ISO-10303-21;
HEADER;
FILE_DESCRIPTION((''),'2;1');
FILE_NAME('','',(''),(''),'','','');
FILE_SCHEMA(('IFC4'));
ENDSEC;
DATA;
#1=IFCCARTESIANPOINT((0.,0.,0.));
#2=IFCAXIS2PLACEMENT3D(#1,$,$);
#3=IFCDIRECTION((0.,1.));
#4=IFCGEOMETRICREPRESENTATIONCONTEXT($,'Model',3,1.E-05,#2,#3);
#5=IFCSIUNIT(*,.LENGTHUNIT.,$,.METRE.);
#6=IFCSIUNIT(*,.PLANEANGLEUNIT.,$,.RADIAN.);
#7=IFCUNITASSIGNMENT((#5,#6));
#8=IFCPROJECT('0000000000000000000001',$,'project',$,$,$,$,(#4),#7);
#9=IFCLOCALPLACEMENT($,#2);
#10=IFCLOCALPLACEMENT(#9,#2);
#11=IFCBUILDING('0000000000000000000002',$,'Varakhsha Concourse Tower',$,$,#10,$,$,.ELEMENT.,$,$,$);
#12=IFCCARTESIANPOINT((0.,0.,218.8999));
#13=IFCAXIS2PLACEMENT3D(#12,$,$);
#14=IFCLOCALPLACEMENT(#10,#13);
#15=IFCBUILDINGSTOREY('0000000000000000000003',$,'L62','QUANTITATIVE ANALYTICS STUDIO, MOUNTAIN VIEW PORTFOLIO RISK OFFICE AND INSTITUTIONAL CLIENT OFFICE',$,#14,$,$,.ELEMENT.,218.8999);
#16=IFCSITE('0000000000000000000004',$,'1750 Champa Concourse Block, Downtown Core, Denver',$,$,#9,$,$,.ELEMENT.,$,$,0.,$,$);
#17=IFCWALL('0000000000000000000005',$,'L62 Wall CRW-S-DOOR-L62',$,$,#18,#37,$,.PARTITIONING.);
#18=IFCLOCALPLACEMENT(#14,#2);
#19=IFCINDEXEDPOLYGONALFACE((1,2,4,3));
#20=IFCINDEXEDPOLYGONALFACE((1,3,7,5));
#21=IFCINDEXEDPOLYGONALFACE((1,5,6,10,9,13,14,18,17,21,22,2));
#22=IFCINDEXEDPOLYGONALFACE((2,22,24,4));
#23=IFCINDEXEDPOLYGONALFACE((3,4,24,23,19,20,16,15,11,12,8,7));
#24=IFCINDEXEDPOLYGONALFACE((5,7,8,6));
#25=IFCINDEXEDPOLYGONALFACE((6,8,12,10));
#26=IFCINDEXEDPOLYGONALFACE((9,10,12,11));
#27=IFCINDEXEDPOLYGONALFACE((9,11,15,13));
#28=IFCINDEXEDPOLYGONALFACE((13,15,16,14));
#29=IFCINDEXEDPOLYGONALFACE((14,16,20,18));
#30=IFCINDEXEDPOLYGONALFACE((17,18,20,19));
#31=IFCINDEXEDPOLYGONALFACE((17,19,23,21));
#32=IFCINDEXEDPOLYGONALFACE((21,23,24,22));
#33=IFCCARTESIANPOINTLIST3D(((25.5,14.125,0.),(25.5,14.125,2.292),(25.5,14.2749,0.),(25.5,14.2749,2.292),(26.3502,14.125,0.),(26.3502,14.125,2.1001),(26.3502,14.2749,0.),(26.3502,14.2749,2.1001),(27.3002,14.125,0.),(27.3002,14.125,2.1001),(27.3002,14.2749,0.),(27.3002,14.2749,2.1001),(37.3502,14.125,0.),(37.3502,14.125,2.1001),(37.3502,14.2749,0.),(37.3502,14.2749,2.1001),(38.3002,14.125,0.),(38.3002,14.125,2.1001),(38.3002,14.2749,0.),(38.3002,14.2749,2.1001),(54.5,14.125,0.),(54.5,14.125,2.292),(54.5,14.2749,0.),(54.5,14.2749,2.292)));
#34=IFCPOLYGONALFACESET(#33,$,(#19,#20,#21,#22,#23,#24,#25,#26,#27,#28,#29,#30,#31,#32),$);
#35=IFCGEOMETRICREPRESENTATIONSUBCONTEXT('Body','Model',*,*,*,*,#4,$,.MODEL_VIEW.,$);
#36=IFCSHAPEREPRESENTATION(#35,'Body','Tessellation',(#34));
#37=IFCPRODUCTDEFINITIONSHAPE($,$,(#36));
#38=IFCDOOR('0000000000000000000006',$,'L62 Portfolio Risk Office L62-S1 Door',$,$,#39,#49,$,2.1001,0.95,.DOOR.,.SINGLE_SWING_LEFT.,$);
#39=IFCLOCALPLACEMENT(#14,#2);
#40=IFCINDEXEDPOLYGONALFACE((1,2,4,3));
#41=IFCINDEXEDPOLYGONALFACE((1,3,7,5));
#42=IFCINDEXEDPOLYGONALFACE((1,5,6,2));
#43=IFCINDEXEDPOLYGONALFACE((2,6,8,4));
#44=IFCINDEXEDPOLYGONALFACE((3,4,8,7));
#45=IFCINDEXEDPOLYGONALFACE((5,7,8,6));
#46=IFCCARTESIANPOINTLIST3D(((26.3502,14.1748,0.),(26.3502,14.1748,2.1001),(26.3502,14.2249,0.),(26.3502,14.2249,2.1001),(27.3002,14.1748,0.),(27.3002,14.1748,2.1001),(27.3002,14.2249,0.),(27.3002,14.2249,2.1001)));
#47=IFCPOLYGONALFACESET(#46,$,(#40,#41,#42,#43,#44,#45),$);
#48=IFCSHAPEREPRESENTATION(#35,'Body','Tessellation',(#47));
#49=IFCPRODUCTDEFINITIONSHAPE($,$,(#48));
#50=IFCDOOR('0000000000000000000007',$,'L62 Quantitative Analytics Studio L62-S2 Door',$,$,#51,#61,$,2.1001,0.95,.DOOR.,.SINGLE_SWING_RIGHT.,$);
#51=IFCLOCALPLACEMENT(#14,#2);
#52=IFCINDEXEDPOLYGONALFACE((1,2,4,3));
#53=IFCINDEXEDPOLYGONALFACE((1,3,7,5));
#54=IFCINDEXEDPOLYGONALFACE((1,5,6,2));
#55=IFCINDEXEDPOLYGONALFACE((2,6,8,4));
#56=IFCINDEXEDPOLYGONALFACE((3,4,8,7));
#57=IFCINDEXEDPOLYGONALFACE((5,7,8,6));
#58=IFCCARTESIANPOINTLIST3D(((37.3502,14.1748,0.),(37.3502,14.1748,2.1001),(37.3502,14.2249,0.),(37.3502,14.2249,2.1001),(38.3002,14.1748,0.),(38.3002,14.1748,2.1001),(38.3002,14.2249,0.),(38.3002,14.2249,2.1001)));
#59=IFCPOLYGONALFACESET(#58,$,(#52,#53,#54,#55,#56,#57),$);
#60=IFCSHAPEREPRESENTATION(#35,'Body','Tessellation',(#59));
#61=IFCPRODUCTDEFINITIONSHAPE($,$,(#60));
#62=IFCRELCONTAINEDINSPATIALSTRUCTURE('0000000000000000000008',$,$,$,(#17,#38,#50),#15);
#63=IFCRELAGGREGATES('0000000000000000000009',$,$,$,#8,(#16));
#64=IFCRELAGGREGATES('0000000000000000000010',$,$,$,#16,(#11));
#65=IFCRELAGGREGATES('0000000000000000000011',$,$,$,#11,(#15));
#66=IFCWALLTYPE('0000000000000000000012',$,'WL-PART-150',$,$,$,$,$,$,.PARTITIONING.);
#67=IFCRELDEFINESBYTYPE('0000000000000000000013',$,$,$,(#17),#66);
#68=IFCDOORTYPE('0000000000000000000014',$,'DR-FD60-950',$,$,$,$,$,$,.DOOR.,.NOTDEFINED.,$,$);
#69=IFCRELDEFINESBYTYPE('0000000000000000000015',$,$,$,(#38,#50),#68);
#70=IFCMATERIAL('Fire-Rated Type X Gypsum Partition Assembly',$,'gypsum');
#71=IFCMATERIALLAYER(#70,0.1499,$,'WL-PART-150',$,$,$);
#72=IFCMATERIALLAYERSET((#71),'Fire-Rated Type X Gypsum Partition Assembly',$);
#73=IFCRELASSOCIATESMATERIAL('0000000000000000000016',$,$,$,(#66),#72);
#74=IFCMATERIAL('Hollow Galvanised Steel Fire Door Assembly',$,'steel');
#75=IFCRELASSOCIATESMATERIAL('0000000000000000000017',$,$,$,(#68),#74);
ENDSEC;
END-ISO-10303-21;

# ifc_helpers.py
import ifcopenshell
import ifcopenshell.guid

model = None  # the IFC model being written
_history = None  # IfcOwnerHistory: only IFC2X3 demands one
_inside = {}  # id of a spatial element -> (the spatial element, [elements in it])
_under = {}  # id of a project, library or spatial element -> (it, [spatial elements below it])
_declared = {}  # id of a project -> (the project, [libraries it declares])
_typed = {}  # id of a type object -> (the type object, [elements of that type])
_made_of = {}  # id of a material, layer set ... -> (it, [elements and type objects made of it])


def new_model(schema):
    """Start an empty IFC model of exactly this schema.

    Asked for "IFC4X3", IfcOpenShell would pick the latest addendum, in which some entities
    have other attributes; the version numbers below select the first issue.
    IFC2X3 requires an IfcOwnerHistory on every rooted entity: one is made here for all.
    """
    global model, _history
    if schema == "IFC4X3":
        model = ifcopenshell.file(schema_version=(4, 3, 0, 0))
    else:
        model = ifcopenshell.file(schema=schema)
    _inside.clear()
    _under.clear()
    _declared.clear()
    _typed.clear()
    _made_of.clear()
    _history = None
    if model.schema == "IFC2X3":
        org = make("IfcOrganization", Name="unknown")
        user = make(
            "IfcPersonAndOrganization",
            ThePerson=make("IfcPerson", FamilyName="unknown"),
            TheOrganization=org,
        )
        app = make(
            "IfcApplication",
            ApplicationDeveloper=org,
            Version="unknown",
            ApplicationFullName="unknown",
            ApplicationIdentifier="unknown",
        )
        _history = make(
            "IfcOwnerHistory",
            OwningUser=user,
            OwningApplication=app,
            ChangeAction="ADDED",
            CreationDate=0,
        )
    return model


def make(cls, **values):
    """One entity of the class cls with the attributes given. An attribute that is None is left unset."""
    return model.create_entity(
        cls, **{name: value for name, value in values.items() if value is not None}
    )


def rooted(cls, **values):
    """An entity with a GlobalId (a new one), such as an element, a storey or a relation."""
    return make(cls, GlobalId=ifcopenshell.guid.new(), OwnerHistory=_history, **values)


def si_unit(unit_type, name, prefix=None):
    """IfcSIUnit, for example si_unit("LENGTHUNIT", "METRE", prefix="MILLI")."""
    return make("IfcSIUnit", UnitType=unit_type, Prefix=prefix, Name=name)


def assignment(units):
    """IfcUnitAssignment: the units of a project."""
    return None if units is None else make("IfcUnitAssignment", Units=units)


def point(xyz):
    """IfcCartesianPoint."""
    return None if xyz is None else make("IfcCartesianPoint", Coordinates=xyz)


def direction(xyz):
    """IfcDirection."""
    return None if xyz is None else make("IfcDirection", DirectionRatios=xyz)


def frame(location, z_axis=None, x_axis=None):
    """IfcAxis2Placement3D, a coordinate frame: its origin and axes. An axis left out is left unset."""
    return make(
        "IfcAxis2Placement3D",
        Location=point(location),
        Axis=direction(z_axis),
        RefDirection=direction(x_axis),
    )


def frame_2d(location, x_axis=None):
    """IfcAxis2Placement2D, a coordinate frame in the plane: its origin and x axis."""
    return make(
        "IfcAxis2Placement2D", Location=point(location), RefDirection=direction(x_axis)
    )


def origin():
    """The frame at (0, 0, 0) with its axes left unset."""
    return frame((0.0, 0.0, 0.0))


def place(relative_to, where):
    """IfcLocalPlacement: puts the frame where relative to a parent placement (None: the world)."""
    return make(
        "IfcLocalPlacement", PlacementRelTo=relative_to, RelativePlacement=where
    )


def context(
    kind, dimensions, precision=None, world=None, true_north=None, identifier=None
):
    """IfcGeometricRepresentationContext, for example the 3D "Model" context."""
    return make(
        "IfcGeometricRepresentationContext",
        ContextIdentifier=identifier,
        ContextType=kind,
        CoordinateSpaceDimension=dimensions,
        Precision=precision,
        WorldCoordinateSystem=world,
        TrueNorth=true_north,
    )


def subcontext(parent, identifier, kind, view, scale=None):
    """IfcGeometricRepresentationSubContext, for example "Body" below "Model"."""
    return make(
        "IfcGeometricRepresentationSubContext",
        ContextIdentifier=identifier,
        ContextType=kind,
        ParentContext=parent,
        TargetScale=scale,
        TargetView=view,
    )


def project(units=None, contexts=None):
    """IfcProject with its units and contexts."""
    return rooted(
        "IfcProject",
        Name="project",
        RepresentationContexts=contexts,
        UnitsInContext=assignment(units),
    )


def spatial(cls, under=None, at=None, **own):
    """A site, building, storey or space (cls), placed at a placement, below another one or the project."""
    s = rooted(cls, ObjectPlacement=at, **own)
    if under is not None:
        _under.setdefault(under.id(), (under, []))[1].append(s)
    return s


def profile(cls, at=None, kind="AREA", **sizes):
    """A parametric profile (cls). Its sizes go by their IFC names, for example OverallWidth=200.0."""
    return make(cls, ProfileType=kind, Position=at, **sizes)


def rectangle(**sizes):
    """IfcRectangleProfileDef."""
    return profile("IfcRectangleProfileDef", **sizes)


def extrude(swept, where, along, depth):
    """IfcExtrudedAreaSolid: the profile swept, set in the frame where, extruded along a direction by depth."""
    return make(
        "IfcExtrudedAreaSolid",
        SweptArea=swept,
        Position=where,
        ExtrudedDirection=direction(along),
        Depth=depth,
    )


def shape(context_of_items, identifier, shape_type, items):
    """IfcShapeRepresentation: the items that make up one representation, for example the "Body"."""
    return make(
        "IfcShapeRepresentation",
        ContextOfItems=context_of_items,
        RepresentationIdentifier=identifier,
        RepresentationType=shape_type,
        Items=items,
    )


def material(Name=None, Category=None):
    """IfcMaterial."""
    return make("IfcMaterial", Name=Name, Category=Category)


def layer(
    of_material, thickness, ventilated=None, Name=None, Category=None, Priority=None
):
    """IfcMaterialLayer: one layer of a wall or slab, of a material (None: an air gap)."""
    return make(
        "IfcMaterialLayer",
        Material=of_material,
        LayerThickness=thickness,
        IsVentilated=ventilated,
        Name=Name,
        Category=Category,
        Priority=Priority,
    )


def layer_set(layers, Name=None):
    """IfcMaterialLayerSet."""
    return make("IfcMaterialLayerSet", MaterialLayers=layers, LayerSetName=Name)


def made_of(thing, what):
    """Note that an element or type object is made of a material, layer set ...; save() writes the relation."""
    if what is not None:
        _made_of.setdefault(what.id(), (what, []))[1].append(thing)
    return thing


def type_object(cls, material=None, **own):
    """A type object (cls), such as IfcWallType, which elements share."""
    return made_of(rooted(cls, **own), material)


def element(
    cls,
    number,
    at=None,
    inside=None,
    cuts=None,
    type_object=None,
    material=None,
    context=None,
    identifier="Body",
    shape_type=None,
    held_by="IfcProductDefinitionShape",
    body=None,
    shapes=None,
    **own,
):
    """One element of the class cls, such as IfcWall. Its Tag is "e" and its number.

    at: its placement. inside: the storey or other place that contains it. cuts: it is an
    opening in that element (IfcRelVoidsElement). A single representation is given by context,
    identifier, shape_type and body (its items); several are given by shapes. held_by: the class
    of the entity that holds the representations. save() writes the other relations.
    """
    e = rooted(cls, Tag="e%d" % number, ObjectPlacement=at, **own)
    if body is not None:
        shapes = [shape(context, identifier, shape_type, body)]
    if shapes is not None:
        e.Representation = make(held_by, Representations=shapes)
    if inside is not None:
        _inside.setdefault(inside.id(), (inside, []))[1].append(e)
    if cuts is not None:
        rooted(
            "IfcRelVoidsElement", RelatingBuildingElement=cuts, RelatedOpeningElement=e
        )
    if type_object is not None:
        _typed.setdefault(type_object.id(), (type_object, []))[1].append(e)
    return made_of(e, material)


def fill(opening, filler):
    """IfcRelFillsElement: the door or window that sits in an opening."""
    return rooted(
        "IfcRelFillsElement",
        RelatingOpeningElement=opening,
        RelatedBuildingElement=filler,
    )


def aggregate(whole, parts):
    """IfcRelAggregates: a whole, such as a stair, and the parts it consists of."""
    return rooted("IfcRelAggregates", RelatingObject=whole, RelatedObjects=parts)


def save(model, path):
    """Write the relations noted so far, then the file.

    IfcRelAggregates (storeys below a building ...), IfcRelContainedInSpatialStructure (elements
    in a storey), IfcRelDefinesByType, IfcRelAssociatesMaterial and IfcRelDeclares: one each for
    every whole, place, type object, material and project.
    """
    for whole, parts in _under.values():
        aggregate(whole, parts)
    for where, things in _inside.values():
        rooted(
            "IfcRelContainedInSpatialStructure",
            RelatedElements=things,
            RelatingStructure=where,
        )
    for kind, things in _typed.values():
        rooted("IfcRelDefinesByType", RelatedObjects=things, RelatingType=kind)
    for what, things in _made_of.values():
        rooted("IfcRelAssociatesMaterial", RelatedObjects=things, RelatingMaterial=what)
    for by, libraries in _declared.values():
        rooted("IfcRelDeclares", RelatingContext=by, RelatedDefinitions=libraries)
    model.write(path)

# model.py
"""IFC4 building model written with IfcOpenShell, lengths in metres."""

from ifc_helpers import new_model, si_unit, direction, frame, frame_2d, origin, place, context, subcontext, project, spatial, rectangle, extrude, material, layer, layer_set, type_object, element, fill, save


model = new_model("IFC4")

# Units and contexts
model_context = context("Model", 3, precision=1e-05, world=origin(), true_north=direction((0.0, 1.0)))
body_context = subcontext(model_context, "Body", "Model", "MODEL_VIEW")
ifc_project = project(units=[si_unit("LENGTHUNIT", "METRE"), si_unit("PLANEANGLEUNIT", "RADIAN")], contexts=[model_context])

# Site, building, storey
site_placement = place(None, origin())
site = spatial("IfcSite", under=ifc_project, at=site_placement, Name="1750 Champa Concourse Block, Downtown Core, Denver", CompositionType="ELEMENT", RefElevation=0.0)
building_placement = place(site_placement, origin())
building = spatial("IfcBuilding", under=site, at=building_placement, Name="Varakhsha Concourse Tower", CompositionType="ELEMENT")
storey_placement = place(building_placement, frame((0.0, 0.0, 218.8999)))
storey = spatial("IfcBuildingStorey", under=building, at=storey_placement, Name="L62", Description="QUANTITATIVE ANALYTICS STUDIO, MOUNTAIN VIEW PORTFOLIO RISK OFFICE AND INSTITUTIONAL CLIENT OFFICE", CompositionType="ELEMENT", Elevation=218.8999)

# Wall, openings, doors
ifc_material_1 = material(Name="Fire-Rated Type X Gypsum Partition Assembly", Category="gypsum")
ifc_layer_1 = layer(ifc_material_1, 0.1499, Name="WL-PART-150")
ifc_layer_set_1 = layer_set([ifc_layer_1], Name="Fire-Rated Type X Gypsum Partition Assembly")
wall_type = type_object("IfcWallType", Name="WL-PART-150", PredefinedType="PARTITIONING", material=ifc_layer_set_1)
ifc_material_2 = material(Name="Hollow Galvanised Steel Fire Door Assembly", Category="steel")
door_type = type_object("IfcDoorType", Name="DR-FD60-950", OperationType="NOTDEFINED", PredefinedType="DOOR", material=ifc_material_2)
wall_1_placement = place(storey_placement, frame((25.5, 14.2, 0.0), z_axis=(0.0, 0.0, 1.0), x_axis=(1.0, 0.0, 0.0)))
wall_1 = element("IfcWall", 1, at=wall_1_placement, inside=storey, type_object=wall_type, Name="L62 Wall CRW-S-DOOR-L62", PredefinedType="PARTITIONING", context=body_context, shape_type="SweptSolid", body=[
    extrude(rectangle(XDim=29.0, YDim=0.1499, at=frame_2d((14.5, 0.0))), origin(), (0.0, 0.0, 1.0), 2.292),
])
opening_1_placement = place(wall_1_placement, frame((0.8501, 0.0, 0.0)))
opening_1 = element("IfcOpeningElement", 2, at=opening_1_placement, cuts=wall_1, PredefinedType="OPENING", context=body_context, shape_type="SweptSolid", body=[
    extrude(rectangle(XDim=0.95, YDim=2.1001, at=frame_2d((0.4751, 1.05))), frame((0.0, 0.085, 0.0), z_axis=(0.0, -1.0, 0.0), x_axis=(1.0, 0.0, 0.0)), (0.0, 0.0, 1.0), 0.1699),
])
opening_2_placement = place(wall_1_placement, frame((11.8501, 0.0, 0.0)))
opening_2 = element("IfcOpeningElement", 3, at=opening_2_placement, cuts=wall_1, PredefinedType="OPENING", context=body_context, shape_type="SweptSolid", body=[
    extrude(rectangle(XDim=0.95, YDim=2.1001, at=frame_2d((0.4751, 1.05))), frame((0.0, 0.085, 0.0), z_axis=(0.0, -1.0, 0.0), x_axis=(1.0, 0.0, 0.0)), (0.0, 0.0, 1.0), 0.1699),
])
door_1_placement = place(opening_1_placement, origin())
door_1 = element("IfcDoor", 4, at=door_1_placement, inside=storey, type_object=door_type, Name="L62 Portfolio Risk Office L62-S1 Door", OperationType="SINGLE_SWING_LEFT", OverallHeight=2.1001, OverallWidth=0.95, PredefinedType="DOOR", context=body_context, shape_type="SweptSolid", body=[
    extrude(rectangle(XDim=0.95, YDim=2.1001, at=frame_2d((0.4751, 1.05))), frame((0.0, 0.0249, 0.0), z_axis=(0.0, -1.0, 0.0), x_axis=(1.0, 0.0, 0.0)), (0.0, 0.0, 1.0), 0.05),
])
fill(opening_1, door_1)
door_2_placement = place(opening_2_placement, origin())
door_2 = element("IfcDoor", 5, at=door_2_placement, inside=storey, type_object=door_type, Name="L62 Quantitative Analytics Studio L62-S2 Door", OperationType="SINGLE_SWING_RIGHT", OverallHeight=2.1001, OverallWidth=0.95, PredefinedType="DOOR", context=body_context, shape_type="SweptSolid", body=[
    extrude(rectangle(XDim=0.95, YDim=2.1001, at=frame_2d((0.4751, 1.05))), frame((0.0, 0.0249, 0.0), z_axis=(0.0, -1.0, 0.0), x_axis=(1.0, 0.0, 0.0)), (0.0, 0.0, 1.0), 0.05),
])
fill(opening_2, door_2)

save(model, "model.ifc")
